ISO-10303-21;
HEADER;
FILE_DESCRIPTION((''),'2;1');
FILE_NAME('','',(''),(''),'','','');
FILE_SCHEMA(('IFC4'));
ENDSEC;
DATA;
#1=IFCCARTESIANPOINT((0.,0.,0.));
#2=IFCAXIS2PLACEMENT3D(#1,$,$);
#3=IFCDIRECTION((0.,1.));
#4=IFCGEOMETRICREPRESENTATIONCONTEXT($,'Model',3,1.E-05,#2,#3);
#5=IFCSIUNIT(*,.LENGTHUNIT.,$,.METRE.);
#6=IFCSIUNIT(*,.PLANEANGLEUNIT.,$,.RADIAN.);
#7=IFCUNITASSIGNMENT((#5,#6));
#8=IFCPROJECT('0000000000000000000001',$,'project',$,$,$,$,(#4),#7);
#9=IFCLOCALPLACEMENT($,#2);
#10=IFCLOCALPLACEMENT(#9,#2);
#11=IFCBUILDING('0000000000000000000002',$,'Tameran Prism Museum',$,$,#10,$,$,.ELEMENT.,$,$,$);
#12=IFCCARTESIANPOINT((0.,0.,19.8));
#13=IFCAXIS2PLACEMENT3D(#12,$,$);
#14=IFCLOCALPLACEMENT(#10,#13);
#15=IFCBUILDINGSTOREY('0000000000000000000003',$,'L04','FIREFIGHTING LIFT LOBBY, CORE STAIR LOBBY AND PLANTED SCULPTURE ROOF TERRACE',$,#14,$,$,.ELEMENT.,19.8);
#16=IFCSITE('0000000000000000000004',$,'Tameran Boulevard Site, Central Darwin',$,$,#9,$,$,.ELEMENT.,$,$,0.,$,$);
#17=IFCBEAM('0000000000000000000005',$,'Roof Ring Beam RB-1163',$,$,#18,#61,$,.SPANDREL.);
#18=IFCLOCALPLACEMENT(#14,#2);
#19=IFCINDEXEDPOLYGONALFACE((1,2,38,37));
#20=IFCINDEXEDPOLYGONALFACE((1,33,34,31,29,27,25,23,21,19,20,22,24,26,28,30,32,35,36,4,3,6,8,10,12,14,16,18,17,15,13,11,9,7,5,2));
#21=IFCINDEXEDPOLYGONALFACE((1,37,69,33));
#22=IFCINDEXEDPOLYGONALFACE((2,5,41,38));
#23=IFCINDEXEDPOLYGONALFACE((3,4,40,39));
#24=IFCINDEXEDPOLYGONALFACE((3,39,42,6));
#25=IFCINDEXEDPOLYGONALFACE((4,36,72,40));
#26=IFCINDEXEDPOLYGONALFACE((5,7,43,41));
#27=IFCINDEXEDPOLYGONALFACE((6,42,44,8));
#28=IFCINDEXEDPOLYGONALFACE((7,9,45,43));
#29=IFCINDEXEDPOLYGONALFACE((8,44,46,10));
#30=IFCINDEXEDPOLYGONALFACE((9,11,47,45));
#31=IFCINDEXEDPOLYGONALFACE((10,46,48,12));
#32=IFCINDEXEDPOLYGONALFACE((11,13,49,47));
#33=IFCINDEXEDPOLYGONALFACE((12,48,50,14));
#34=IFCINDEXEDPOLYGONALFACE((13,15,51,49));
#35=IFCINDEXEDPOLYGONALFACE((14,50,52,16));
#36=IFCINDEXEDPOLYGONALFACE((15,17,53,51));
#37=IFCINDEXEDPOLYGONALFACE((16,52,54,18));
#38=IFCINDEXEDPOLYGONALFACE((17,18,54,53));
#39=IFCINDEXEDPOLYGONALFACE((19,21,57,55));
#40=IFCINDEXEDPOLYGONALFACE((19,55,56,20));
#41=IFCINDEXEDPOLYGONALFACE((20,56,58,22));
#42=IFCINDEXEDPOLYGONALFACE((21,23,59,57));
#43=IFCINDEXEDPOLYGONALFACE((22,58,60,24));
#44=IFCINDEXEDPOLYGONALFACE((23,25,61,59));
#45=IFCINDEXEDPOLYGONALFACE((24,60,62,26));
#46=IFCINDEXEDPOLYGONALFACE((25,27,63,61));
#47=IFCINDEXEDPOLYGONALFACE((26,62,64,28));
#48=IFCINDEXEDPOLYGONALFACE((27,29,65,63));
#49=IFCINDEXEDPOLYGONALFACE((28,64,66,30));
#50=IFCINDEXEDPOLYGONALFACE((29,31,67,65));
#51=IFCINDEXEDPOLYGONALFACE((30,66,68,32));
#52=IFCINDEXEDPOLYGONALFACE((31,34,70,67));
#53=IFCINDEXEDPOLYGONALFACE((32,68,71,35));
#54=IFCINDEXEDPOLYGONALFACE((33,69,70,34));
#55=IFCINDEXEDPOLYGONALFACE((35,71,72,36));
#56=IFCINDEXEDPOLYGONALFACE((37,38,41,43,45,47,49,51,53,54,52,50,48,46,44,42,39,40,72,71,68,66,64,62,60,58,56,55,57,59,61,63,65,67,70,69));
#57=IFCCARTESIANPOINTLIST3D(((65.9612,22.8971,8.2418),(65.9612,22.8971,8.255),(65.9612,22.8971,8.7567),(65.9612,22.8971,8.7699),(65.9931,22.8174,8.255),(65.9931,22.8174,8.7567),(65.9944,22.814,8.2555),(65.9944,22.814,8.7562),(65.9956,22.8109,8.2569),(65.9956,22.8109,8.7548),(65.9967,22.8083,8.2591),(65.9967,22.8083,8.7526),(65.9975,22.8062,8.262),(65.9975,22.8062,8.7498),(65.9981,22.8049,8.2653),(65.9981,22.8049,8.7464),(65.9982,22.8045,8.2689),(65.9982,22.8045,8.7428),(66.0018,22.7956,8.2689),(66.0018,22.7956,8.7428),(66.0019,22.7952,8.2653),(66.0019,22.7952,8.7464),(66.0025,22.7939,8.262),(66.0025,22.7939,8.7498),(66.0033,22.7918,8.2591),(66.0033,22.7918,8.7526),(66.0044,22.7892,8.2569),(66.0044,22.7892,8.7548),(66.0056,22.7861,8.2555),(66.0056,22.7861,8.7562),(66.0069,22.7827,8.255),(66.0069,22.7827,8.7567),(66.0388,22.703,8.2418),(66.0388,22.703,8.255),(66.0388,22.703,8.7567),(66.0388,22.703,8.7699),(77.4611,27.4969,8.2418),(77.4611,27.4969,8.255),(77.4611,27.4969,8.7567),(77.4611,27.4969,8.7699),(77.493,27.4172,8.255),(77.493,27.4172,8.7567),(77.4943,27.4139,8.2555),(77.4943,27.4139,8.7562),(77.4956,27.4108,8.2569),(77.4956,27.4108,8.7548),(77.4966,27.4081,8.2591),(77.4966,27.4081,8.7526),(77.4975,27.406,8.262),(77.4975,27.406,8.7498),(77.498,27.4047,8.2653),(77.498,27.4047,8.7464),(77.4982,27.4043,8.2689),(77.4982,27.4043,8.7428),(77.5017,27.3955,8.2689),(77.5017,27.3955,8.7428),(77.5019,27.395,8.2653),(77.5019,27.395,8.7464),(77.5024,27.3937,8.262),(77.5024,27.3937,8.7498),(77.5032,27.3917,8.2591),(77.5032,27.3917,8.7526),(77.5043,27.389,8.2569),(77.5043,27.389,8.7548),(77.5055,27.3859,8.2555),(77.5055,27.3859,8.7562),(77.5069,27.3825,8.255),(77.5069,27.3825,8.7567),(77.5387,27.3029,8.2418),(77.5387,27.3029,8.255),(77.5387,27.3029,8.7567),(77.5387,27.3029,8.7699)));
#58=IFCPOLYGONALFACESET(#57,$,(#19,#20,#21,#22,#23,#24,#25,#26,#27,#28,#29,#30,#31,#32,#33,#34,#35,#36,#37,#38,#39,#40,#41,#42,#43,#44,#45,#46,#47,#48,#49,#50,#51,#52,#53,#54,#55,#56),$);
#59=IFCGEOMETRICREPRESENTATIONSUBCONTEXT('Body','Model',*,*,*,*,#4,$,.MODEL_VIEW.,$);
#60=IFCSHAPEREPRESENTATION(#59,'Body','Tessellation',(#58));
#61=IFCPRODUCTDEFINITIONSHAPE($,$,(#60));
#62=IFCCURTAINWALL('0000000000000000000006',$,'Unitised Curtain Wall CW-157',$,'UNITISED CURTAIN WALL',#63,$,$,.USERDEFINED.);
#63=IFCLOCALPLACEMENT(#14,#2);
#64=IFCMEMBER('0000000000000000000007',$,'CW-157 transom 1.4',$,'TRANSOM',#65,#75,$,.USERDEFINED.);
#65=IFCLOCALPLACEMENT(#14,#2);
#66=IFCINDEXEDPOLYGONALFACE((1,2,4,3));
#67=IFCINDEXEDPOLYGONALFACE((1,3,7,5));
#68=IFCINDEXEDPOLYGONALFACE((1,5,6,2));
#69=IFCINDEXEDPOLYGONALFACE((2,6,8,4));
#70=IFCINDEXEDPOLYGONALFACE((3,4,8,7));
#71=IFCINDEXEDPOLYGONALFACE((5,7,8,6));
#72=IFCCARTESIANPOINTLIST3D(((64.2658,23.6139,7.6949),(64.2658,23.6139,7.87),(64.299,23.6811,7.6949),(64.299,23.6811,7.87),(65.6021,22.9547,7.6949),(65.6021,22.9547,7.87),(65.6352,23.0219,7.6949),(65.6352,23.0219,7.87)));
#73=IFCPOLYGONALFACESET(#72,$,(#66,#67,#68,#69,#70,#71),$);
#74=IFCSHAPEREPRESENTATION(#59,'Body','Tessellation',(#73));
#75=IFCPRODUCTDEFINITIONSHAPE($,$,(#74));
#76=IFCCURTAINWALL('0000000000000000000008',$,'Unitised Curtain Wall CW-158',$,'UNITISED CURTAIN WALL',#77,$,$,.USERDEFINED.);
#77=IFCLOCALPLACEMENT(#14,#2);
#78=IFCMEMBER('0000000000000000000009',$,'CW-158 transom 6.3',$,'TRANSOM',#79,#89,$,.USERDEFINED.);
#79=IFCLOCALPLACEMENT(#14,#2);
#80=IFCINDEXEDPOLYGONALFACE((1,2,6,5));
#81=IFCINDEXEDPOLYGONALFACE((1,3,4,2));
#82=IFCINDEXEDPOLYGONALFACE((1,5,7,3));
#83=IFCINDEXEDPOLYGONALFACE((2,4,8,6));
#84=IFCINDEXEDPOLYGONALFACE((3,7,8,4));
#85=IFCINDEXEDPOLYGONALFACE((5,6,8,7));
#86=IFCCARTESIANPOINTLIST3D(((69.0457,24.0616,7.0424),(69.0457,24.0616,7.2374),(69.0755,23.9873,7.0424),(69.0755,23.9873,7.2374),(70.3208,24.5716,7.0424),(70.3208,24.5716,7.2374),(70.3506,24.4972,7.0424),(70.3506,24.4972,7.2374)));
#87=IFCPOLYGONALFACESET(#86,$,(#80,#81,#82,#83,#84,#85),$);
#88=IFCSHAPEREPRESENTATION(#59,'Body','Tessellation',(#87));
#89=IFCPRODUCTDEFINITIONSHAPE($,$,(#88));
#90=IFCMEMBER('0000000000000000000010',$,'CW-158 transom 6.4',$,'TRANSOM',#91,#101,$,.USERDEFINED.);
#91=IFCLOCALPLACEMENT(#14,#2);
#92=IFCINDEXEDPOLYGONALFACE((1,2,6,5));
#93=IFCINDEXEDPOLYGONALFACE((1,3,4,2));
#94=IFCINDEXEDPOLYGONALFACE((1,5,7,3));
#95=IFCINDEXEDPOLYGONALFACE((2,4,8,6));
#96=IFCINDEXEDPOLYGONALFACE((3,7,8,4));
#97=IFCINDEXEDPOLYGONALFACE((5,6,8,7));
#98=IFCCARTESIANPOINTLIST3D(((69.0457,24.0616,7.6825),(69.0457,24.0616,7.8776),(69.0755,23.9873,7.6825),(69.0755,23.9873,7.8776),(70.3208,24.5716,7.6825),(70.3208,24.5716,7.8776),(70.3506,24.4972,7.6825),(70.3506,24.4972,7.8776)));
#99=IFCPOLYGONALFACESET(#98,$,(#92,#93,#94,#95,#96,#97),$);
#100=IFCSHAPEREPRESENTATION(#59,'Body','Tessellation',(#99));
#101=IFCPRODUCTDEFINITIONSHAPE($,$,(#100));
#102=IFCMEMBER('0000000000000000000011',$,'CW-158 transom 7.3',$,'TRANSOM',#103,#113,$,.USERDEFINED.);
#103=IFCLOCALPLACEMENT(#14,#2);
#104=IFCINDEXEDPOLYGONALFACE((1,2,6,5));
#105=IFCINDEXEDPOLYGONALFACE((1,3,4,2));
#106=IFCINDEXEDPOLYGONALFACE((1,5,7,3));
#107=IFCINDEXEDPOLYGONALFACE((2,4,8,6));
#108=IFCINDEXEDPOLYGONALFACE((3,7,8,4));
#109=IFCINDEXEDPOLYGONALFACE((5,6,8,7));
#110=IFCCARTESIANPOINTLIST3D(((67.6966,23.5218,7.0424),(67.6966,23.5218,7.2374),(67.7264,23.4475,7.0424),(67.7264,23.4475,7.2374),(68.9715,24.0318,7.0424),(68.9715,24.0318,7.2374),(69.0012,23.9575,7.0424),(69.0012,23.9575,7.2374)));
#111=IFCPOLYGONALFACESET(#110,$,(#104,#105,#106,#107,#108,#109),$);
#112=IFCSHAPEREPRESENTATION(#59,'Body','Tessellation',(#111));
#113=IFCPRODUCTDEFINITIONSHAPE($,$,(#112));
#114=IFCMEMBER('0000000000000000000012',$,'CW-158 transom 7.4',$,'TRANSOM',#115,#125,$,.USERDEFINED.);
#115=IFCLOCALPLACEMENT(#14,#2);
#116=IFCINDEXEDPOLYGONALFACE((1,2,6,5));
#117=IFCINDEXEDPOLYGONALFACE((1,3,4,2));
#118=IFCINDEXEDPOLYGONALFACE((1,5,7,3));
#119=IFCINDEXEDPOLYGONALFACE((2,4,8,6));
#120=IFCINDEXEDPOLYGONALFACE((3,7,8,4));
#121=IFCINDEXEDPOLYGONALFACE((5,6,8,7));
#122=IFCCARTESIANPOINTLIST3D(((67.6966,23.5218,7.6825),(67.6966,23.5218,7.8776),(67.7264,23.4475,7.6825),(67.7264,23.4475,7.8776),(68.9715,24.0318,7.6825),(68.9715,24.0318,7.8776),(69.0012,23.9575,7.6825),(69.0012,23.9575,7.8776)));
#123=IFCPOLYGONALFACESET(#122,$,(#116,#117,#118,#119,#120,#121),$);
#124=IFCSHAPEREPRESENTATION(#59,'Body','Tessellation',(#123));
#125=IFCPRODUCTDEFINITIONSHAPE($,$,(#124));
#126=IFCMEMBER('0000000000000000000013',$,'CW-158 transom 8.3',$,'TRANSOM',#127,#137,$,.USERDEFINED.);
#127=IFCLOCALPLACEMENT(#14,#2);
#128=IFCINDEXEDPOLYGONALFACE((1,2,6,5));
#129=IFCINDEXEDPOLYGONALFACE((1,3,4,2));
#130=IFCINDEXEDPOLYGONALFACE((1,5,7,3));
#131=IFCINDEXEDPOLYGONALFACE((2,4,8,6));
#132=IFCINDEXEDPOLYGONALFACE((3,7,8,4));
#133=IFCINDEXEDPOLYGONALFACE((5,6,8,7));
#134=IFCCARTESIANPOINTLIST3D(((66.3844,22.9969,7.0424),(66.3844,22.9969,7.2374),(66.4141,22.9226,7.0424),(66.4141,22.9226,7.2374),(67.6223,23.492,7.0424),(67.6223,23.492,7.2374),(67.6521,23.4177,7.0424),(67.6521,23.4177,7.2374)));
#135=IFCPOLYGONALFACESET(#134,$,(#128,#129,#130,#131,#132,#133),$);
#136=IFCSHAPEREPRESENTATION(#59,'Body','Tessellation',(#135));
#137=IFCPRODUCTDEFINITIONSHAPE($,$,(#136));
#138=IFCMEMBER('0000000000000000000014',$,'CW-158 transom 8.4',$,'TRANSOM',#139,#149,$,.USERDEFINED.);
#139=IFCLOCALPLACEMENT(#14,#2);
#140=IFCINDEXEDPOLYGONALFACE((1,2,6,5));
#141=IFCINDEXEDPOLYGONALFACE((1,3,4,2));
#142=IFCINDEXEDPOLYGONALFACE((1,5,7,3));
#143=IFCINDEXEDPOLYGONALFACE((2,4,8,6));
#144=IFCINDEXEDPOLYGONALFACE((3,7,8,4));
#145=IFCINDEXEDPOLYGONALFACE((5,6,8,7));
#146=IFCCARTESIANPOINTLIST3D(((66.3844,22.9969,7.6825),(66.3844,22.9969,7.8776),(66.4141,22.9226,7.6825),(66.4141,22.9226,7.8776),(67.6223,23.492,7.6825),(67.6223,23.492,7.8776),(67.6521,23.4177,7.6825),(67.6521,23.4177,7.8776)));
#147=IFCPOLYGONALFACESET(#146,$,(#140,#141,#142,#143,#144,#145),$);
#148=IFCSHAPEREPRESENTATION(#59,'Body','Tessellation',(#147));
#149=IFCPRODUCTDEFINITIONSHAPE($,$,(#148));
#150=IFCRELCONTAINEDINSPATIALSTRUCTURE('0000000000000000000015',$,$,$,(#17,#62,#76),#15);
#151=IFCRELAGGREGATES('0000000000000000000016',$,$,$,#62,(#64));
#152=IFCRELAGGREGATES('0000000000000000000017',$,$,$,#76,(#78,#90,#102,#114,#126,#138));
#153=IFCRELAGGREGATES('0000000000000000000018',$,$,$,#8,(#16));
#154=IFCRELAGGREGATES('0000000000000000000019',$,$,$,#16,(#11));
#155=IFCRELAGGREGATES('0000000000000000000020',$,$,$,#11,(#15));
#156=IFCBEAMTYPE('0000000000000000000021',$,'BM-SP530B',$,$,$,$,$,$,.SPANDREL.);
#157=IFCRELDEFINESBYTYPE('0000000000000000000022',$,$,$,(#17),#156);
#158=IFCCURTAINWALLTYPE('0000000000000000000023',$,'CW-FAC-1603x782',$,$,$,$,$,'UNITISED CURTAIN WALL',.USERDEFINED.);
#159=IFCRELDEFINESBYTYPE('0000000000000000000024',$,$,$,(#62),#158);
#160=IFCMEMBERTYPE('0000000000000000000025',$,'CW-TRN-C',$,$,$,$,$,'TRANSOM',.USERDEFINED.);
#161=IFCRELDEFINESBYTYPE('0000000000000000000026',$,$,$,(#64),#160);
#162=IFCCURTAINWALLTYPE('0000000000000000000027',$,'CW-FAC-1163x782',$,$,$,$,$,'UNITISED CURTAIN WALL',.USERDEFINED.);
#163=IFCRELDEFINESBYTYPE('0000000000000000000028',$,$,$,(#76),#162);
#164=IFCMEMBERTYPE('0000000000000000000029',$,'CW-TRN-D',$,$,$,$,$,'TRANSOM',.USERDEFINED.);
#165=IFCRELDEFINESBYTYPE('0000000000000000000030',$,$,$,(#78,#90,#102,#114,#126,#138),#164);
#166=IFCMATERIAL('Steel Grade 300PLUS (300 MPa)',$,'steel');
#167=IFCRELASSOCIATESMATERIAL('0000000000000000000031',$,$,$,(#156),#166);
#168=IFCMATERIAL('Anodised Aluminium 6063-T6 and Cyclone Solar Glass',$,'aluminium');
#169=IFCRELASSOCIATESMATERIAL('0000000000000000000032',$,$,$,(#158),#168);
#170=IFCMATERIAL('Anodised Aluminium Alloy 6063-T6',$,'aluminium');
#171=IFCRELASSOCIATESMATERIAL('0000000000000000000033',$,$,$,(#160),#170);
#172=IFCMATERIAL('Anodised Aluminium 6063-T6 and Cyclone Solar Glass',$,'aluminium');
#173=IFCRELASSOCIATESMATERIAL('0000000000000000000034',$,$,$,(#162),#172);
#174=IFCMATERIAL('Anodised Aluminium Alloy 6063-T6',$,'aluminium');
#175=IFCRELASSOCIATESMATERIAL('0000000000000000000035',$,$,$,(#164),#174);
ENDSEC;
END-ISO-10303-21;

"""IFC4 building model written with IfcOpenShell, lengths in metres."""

from ifc_helpers import new_model, si_unit, direction, frame, origin, origin_2d, place, context, subcontext, project, spatial, rectangle, i_section, extrude, material, material_profile, profile_set, type_object, element, aggregate, save


model = new_model("IFC4")

# Units and contexts
model_context = context("Model", 3, precision=1e-05, world=origin(), true_north=direction((0.0, 1.0)))
body_context = subcontext(model_context, "Body", "Model", "MODEL_VIEW")
ifc_project = project(units=[si_unit("LENGTHUNIT", "METRE"), si_unit("PLANEANGLEUNIT", "RADIAN")], contexts=[model_context])

# Site, building, storey
site_placement = place(None, origin())
site = spatial("IfcSite", under=ifc_project, at=site_placement, Name="Tameran Boulevard Site, Central Darwin", CompositionType="ELEMENT", RefElevation=0.0)
building_placement = place(site_placement, origin())
building = spatial("IfcBuilding", under=site, at=building_placement, Name="Tameran Prism Museum", CompositionType="ELEMENT")
storey_placement = place(building_placement, frame((0.0, 0.0, 19.8)))
storey = spatial("IfcBuildingStorey", under=building, at=storey_placement, Name="L04", Description="FIREFIGHTING LIFT LOBBY, CORE STAIR LOBBY AND PLANTED SCULPTURE ROOF TERRACE", CompositionType="ELEMENT", Elevation=19.8)

# Beam
ifc_material_1 = material(Name="Steel Grade 300PLUS (300 MPa)", Category="steel")
ifc_material_profile_1 = material_profile(ifc_material_1, i_section(OverallWidth=0.209, OverallDepth=0.5281, WebThickness=0.0095, FlangeThickness=0.0132, FilletRadius=0.0139, at=origin_2d()))
ifc_profile_set_1 = profile_set([ifc_material_profile_1])
beam_type = type_object("IfcBeamType", Name="BM-SP530B", PredefinedType="SPANDREL", material=ifc_profile_set_1)
beam_placement = place(storey_placement, frame((66.0, 22.8, 8.5059), z_axis=(0.928481, 0.37138, 0.0), x_axis=(-0.37138, 0.928481, 0.0)))
element("IfcBeam", 1, at=beam_placement, inside=storey, type_object=beam_type, Name="Roof Ring Beam RB-1163", PredefinedType="SPANDREL", context=body_context, shape_type="SweptSolid", body=[
    extrude(i_section(OverallWidth=0.209, OverallDepth=0.5281, WebThickness=0.0095, FlangeThickness=0.0132, FilletRadius=0.0139, at=origin_2d()), origin(), (0.0, 0.0, 1.0), 12.3857),
])

# Curtain wall, member
ifc_material_2 = material(Name="Anodised Aluminium 6063-T6 and Cyclone Solar Glass", Category="aluminium")
curtain_wall_type_1 = type_object("IfcCurtainWallType", Name="CW-FAC-1603x782", ElementType="UNITISED CURTAIN WALL", PredefinedType="USERDEFINED", material=ifc_material_2)
curtain_wall_1_placement = place(storey_placement, origin())
curtain_wall_1 = element("IfcCurtainWall", 2, at=curtain_wall_1_placement, inside=storey, type_object=curtain_wall_type_1, Name="Unitised Curtain Wall CW-157", ObjectType="UNITISED CURTAIN WALL", PredefinedType="USERDEFINED")
ifc_material_3 = material(Name="Anodised Aluminium Alloy 6063-T6", Category="aluminium")
ifc_material_profile_2 = material_profile(ifc_material_3, rectangle(XDim=0.075, YDim=0.175, at=origin_2d()))
ifc_profile_set_2 = profile_set([ifc_material_profile_2])
member_type_1 = type_object("IfcMemberType", Name="CW-TRN-C", ElementType="TRANSOM", PredefinedType="USERDEFINED", material=ifc_profile_set_2)
member_1_placement = place(storey_placement, frame((65.6187, 22.9883, 7.7825), z_axis=(-0.896807, 0.442422, 0.0), x_axis=(-0.442422, -0.896807, 0.0)))
member_1 = element("IfcMember", 3, at=member_1_placement, type_object=member_type_1, Name="CW-157 transom 1.4", ObjectType="TRANSOM", PredefinedType="USERDEFINED", context=body_context, shape_type="SweptSolid", body=[
    extrude(rectangle(XDim=0.075, YDim=0.175, at=origin_2d()), origin(), (0.0, 0.0, 1.0), 1.49),
])
aggregate(curtain_wall_1, [member_1])

# Curtain wall, members
ifc_material_4 = material(Name="Anodised Aluminium 6063-T6 and Cyclone Solar Glass", Category="aluminium")
curtain_wall_type_2 = type_object("IfcCurtainWallType", Name="CW-FAC-1163x782", ElementType="UNITISED CURTAIN WALL", PredefinedType="USERDEFINED", material=ifc_material_4)
curtain_wall_2_placement = place(storey_placement, origin())
curtain_wall_2 = element("IfcCurtainWall", 4, at=curtain_wall_2_placement, inside=storey, type_object=curtain_wall_type_2, Name="Unitised Curtain Wall CW-158", ObjectType="UNITISED CURTAIN WALL", PredefinedType="USERDEFINED")
ifc_material_5 = material(Name="Anodised Aluminium Alloy 6063-T6", Category="aluminium")
ifc_material_profile_3 = material_profile(ifc_material_5, rectangle(XDim=0.0801, YDim=0.1951, at=origin_2d()))
ifc_profile_set_3 = profile_set([ifc_material_profile_3])
member_type_2 = type_object("IfcMemberType", Name="CW-TRN-D", ElementType="TRANSOM", PredefinedType="USERDEFINED", material=ifc_profile_set_3)
member_2_placement = place(storey_placement, frame((70.3357, 24.5344, 7.1399), z_axis=(-0.928489, -0.37136, 0.0), x_axis=(0.37136, -0.928489, 0.0)))
member_2 = element("IfcMember", 5, at=member_2_placement, type_object=member_type_2, Name="CW-158 transom 6.3", ObjectType="TRANSOM", PredefinedType="USERDEFINED", context=body_context, shape_type="SweptSolid", body=[
    extrude(rectangle(XDim=0.0801, YDim=0.1951, at=origin_2d()), origin(), (0.0, 0.0, 1.0), 1.3733),
])
member_3_placement = place(storey_placement, frame((70.3357, 24.5344, 7.78), z_axis=(-0.928489, -0.37136, 0.0), x_axis=(0.37136, -0.928489, 0.0)))
member_3 = element("IfcMember", 6, at=member_3_placement, type_object=member_type_2, Name="CW-158 transom 6.4", ObjectType="TRANSOM", PredefinedType="USERDEFINED", context=body_context, shape_type="SweptSolid", body=[
    extrude(rectangle(XDim=0.0801, YDim=0.1951, at=origin_2d()), origin(), (0.0, 0.0, 1.0), 1.3733),
])
member_4_placement = place(storey_placement, frame((68.9863, 23.9946, 7.1399), z_axis=(-0.928464, -0.371421, 0.0), x_axis=(0.371421, -0.928464, 0.0)))
member_4 = element("IfcMember", 7, at=member_4_placement, type_object=member_type_2, Name="CW-158 transom 7.3", ObjectType="TRANSOM", PredefinedType="USERDEFINED", context=body_context, shape_type="SweptSolid", body=[
    extrude(rectangle(XDim=0.0801, YDim=0.1951, at=origin_2d()), origin(), (0.0, 0.0, 1.0), 1.373),
])
member_5_placement = place(storey_placement, frame((68.9863, 23.9946, 7.78), z_axis=(-0.928464, -0.371421, 0.0), x_axis=(0.371421, -0.928464, 0.0)))
member_5 = element("IfcMember", 8, at=member_5_placement, type_object=member_type_2, Name="CW-158 transom 7.4", ObjectType="TRANSOM", PredefinedType="USERDEFINED", context=body_context, shape_type="SweptSolid", body=[
    extrude(rectangle(XDim=0.0801, YDim=0.1951, at=origin_2d()), origin(), (0.0, 0.0, 1.0), 1.373),
])
member_6_placement = place(storey_placement, frame((67.6372, 23.4548, 7.1399), z_axis=(-0.928502, -0.371328, 0.0), x_axis=(0.371328, -0.928502, 0.0)))
member_6 = element("IfcMember", 9, at=member_6_placement, type_object=member_type_2, Name="CW-158 transom 8.3", ObjectType="TRANSOM", PredefinedType="USERDEFINED", context=body_context, shape_type="SweptSolid", body=[
    extrude(rectangle(XDim=0.0801, YDim=0.1951, at=origin_2d()), origin(), (0.0, 0.0, 1.0), 1.3333),
])
member_7_placement = place(storey_placement, frame((67.6372, 23.4548, 7.78), z_axis=(-0.928502, -0.371328, 0.0), x_axis=(0.371328, -0.928502, 0.0)))
member_7 = element("IfcMember", 10, at=member_7_placement, type_object=member_type_2, Name="CW-158 transom 8.4", ObjectType="TRANSOM", PredefinedType="USERDEFINED", context=body_context, shape_type="SweptSolid", body=[
    extrude(rectangle(XDim=0.0801, YDim=0.1951, at=origin_2d()), origin(), (0.0, 0.0, 1.0), 1.3333),
])

aggregate(curtain_wall_2, [member_2, member_3, member_4, member_5, member_6, member_7])

save(model, "model.ifc")
